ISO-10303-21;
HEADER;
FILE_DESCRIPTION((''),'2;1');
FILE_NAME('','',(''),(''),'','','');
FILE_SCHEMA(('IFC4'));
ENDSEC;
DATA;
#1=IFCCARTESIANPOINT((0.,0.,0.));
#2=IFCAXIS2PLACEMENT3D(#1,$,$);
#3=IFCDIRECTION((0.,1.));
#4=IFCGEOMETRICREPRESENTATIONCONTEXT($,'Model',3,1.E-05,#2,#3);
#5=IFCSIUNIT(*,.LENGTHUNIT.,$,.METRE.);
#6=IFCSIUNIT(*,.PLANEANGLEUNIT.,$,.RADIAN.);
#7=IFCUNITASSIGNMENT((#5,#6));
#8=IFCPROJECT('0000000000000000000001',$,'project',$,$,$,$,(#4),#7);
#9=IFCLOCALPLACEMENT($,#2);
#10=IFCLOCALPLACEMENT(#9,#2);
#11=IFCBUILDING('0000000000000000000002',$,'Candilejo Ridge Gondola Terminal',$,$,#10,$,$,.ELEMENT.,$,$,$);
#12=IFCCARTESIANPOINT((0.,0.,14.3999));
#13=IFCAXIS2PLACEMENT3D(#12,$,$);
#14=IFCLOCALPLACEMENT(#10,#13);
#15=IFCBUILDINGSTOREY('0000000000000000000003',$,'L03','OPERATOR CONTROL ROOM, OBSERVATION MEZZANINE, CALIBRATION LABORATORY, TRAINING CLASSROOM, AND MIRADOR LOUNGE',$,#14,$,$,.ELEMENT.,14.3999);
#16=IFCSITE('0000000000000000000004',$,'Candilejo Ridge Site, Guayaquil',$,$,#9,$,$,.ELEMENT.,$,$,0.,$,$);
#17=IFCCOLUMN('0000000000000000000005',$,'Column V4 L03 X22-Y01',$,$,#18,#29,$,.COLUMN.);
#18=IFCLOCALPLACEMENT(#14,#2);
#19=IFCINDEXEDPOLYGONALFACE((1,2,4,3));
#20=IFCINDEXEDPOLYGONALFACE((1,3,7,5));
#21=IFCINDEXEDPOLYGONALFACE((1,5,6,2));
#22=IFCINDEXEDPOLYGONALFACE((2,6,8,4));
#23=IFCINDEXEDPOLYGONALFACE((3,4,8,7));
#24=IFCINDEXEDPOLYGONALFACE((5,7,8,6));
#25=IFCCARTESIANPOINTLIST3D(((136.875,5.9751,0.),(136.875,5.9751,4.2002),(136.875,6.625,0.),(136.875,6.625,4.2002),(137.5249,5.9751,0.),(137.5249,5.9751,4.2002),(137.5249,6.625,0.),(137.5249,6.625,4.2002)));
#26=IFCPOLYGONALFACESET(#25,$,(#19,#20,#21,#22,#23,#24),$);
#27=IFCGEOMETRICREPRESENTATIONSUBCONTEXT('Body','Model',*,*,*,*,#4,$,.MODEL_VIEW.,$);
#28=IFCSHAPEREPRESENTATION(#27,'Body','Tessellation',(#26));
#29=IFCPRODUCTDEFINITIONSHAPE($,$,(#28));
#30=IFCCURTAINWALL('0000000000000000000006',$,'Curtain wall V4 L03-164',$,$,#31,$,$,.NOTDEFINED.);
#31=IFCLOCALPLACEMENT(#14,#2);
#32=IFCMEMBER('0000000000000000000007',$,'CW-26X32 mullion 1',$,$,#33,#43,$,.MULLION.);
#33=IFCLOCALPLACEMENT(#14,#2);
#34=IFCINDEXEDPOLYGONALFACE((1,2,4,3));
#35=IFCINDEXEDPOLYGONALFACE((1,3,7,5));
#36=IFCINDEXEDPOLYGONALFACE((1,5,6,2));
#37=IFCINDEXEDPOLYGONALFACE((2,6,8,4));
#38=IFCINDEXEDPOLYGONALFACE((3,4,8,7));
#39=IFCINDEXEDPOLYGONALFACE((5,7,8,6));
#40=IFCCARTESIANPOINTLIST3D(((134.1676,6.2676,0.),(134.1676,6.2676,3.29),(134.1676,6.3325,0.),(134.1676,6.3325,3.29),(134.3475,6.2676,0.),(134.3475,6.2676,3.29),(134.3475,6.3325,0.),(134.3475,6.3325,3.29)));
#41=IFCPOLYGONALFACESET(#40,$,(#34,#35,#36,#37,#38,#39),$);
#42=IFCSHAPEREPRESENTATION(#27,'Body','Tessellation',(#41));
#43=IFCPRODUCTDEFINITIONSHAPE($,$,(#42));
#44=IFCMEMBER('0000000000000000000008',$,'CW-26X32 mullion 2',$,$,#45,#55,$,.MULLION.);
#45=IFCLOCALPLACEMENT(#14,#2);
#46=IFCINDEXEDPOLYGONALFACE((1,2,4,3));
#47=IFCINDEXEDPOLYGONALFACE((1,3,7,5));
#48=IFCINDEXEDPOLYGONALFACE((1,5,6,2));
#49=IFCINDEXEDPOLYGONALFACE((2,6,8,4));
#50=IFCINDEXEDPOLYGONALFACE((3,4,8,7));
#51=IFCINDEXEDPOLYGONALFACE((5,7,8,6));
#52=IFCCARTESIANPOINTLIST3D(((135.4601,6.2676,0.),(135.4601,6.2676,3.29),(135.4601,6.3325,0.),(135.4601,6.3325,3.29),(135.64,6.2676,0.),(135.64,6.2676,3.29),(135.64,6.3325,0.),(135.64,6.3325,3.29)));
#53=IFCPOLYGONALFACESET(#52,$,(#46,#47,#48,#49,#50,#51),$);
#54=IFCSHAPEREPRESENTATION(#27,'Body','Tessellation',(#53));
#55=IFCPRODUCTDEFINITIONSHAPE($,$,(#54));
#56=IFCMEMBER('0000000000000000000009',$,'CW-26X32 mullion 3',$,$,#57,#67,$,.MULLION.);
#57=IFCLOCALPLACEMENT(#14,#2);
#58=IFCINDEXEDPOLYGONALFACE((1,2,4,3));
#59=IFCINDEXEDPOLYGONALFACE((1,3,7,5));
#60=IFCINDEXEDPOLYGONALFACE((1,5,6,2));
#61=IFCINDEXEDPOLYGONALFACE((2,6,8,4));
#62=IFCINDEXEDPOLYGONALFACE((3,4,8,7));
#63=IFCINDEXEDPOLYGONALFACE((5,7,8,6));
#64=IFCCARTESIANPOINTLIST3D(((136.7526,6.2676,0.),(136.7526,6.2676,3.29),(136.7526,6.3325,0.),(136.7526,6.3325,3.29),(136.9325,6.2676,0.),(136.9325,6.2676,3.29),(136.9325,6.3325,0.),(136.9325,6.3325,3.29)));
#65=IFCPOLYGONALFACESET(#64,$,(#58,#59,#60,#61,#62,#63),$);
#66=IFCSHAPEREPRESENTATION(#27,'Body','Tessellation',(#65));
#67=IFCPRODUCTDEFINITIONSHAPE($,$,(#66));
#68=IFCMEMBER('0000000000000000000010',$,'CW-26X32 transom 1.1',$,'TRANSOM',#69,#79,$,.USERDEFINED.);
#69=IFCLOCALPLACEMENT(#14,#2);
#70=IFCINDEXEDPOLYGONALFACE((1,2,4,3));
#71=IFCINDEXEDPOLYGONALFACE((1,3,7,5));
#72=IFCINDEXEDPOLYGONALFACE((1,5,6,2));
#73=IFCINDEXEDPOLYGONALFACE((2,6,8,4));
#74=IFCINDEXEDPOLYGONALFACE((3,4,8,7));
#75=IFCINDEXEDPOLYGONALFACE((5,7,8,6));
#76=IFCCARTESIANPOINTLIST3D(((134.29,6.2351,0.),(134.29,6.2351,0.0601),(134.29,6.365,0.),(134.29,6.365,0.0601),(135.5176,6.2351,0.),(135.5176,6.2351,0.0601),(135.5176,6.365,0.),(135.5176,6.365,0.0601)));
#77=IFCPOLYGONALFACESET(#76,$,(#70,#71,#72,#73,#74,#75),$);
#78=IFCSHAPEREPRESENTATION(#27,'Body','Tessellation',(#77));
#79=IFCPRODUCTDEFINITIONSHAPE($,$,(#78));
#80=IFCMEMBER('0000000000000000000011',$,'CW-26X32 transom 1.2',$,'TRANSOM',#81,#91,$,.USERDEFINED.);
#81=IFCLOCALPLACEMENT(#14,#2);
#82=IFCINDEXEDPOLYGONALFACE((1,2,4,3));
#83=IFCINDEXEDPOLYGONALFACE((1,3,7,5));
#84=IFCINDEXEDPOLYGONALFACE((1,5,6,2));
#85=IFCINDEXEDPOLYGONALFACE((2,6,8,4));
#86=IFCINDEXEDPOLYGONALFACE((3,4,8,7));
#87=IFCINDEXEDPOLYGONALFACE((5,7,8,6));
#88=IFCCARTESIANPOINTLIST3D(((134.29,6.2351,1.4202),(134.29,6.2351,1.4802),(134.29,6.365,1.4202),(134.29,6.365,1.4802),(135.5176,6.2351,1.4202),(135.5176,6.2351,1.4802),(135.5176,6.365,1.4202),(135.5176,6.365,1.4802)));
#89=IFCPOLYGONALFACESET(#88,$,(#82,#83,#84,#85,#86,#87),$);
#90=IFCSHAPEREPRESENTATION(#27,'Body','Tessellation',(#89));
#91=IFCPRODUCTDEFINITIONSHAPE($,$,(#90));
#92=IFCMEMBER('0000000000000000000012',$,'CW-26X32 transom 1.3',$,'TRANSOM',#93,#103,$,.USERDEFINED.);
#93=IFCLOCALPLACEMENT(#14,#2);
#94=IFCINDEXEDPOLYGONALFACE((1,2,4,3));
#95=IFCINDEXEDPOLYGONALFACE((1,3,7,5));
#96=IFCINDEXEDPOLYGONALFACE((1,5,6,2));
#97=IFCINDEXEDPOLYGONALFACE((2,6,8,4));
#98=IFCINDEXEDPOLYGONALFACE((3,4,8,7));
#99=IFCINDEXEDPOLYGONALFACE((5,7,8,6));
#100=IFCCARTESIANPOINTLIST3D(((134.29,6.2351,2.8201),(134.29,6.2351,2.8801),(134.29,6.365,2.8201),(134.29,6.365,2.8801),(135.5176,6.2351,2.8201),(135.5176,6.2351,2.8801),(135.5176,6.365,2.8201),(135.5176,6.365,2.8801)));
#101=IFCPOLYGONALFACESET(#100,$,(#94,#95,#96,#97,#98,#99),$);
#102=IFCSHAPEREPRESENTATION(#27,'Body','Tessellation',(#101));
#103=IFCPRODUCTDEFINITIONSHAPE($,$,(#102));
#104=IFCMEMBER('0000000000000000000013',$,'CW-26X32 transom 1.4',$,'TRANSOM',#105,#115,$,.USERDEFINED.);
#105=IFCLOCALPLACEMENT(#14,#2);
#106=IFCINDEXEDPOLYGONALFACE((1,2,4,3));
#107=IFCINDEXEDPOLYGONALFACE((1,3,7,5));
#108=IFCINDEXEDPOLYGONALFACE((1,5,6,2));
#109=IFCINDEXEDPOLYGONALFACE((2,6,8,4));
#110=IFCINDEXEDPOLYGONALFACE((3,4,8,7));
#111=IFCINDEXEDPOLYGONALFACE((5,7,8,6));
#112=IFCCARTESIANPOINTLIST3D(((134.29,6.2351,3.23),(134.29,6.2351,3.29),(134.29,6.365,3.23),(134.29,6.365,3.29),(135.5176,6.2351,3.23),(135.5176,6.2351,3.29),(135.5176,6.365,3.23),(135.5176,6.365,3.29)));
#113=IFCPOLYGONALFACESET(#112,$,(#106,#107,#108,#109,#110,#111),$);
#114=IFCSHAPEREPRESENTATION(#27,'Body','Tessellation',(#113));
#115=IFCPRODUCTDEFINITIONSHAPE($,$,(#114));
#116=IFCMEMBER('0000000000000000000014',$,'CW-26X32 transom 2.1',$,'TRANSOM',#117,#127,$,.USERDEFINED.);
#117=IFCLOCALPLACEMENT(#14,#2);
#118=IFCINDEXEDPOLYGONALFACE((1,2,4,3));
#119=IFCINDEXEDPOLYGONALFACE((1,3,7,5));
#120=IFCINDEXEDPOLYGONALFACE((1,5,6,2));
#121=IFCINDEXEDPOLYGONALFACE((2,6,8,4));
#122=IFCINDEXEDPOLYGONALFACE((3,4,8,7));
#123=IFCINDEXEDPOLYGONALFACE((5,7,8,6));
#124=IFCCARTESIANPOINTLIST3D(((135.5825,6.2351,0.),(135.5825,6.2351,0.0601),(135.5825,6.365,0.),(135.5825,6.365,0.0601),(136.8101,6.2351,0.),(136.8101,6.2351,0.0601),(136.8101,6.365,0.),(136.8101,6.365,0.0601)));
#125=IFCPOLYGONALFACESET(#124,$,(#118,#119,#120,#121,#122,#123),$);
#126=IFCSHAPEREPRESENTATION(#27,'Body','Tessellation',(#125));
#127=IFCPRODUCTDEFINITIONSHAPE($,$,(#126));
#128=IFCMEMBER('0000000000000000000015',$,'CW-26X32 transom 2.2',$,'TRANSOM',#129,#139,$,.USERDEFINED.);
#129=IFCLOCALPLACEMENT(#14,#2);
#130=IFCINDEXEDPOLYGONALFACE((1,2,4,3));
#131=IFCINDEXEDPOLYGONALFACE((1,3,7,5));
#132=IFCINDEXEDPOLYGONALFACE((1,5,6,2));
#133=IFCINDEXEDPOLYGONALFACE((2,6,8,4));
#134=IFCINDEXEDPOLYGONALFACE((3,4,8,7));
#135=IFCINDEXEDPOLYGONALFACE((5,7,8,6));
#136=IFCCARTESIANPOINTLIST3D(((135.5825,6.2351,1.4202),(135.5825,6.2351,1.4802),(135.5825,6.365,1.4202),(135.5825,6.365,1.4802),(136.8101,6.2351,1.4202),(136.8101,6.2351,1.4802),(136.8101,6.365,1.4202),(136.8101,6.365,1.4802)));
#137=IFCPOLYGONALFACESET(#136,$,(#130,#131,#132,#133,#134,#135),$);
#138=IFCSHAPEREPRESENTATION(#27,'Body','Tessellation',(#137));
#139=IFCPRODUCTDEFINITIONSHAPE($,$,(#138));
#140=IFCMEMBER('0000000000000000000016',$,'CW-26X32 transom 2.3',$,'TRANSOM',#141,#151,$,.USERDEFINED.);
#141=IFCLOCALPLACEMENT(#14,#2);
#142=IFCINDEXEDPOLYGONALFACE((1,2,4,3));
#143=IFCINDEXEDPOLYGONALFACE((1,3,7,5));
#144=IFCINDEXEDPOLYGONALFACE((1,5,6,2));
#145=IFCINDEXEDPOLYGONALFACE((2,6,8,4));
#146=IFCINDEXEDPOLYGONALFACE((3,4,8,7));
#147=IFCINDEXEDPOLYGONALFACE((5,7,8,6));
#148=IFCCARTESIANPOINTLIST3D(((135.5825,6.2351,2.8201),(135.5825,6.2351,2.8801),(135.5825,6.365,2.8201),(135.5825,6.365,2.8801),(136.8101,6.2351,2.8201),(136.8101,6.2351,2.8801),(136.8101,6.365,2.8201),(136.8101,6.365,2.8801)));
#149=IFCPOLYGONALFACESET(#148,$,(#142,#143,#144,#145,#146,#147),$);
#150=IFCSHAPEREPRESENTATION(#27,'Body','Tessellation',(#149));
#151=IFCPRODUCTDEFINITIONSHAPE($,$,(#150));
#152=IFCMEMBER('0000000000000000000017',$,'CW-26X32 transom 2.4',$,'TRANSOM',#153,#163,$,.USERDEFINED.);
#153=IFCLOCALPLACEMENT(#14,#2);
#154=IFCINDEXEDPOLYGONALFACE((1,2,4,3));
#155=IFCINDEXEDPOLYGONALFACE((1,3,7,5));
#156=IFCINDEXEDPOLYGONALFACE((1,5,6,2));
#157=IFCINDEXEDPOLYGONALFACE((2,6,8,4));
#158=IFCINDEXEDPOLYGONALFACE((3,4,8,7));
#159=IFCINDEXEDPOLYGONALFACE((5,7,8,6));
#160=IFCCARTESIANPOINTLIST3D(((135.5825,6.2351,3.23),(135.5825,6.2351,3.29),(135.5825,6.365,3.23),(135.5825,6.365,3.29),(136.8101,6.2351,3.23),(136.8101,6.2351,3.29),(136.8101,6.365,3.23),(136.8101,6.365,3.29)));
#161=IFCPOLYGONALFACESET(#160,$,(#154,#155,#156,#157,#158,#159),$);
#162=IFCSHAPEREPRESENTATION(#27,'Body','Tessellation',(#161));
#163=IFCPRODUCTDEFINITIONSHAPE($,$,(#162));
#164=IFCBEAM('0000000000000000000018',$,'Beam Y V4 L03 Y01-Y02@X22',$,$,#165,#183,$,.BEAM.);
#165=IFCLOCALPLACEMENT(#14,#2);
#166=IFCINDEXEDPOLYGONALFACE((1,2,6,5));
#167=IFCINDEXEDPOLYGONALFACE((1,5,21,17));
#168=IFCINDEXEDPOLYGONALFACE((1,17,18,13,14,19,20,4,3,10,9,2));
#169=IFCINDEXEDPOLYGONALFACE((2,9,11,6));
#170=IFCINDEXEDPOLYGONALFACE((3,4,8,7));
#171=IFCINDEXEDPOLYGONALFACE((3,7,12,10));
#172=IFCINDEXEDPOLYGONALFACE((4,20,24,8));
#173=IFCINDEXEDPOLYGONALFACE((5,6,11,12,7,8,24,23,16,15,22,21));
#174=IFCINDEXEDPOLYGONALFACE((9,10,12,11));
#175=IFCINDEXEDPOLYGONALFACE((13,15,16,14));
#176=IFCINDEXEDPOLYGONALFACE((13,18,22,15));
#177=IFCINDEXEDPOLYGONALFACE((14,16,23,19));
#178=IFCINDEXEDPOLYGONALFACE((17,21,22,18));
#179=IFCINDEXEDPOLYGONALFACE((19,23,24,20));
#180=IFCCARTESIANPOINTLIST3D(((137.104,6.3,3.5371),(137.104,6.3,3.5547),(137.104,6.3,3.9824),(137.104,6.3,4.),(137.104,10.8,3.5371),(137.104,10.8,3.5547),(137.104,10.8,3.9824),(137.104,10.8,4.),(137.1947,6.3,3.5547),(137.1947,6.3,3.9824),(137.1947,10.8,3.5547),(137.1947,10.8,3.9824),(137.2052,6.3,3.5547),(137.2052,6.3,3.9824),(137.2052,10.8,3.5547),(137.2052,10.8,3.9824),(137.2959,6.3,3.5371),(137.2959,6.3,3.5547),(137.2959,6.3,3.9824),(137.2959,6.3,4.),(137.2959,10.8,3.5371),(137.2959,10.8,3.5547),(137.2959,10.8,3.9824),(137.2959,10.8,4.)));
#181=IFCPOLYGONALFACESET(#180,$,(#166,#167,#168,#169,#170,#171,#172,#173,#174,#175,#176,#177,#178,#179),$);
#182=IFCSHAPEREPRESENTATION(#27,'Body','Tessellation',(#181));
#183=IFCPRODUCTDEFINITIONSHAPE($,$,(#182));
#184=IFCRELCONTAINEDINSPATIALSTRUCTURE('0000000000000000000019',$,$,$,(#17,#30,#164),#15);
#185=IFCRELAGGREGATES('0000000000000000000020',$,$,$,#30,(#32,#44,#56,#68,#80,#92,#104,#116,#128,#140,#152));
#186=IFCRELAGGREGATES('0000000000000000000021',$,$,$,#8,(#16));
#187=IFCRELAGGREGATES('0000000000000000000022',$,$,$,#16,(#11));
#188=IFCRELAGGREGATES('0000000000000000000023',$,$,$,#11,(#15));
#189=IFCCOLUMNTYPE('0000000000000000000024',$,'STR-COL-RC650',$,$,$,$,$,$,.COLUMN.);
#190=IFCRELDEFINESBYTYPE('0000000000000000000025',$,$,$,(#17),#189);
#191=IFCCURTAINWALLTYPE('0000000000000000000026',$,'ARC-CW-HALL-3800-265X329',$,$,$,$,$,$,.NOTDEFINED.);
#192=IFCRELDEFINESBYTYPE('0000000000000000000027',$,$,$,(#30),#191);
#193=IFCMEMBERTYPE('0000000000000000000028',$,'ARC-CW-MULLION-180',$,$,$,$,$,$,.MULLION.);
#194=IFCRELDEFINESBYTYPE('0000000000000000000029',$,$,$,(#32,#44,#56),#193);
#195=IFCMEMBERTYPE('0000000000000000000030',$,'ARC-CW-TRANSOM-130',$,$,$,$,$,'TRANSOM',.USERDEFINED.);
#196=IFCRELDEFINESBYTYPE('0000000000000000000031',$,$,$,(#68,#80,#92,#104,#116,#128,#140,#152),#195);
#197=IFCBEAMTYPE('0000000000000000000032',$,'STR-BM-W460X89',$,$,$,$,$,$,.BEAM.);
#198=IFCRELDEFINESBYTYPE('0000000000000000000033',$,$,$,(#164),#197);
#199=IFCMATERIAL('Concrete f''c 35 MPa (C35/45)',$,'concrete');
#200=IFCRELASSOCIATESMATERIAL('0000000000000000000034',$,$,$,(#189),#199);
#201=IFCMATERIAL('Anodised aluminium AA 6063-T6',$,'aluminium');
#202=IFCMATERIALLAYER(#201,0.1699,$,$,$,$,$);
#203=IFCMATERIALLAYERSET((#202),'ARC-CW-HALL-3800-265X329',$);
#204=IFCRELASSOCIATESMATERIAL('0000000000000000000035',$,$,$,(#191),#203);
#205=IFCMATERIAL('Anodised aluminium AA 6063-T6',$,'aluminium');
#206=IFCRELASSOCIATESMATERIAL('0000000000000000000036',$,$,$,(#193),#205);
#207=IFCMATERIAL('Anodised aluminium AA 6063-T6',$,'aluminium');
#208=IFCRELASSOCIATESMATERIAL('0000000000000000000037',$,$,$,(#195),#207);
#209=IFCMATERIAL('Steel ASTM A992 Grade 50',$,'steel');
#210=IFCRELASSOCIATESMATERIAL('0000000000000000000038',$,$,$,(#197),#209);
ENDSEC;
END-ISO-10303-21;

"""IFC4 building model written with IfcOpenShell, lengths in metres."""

from ifc_helpers import new_model, si_unit, direction, frame, origin, origin_2d, place, context, subcontext, project, spatial, rectangle, i_section, extrude, material, layer, layer_set, material_profile, profile_set, type_object, element, aggregate, save


model = new_model("IFC4")

# Units and contexts
model_context = context("Model", 3, precision=1e-05, world=origin(), true_north=direction((0.0, 1.0)))
body_context = subcontext(model_context, "Body", "Model", "MODEL_VIEW")
ifc_project = project(units=[si_unit("LENGTHUNIT", "METRE"), si_unit("PLANEANGLEUNIT", "RADIAN")], contexts=[model_context])

# Site, building, storey
site_placement = place(None, origin())
site = spatial("IfcSite", under=ifc_project, at=site_placement, Name="Candilejo Ridge Site, Guayaquil", CompositionType="ELEMENT", RefElevation=0.0)
building_placement = place(site_placement, origin())
building = spatial("IfcBuilding", under=site, at=building_placement, Name="Candilejo Ridge Gondola Terminal", CompositionType="ELEMENT")
storey_placement = place(building_placement, frame((0.0, 0.0, 14.3999)))
storey = spatial("IfcBuildingStorey", under=building, at=storey_placement, Name="L03", Description="OPERATOR CONTROL ROOM, OBSERVATION MEZZANINE, CALIBRATION LABORATORY, TRAINING CLASSROOM, AND MIRADOR LOUNGE", CompositionType="ELEMENT", Elevation=14.3999)

# Column
ifc_material_1 = material(Name="Concrete f'c 35 MPa (C35/45)", Category="concrete")
ifc_material_profile_1 = material_profile(ifc_material_1, rectangle(XDim=0.6499, YDim=0.6499, at=origin_2d()))
ifc_profile_set_1 = profile_set([ifc_material_profile_1], Name="Concrete f'c 35 MPa (C35/45)")
column_type = type_object("IfcColumnType", Name="STR-COL-RC650", PredefinedType="COLUMN", material=ifc_profile_set_1)
column_placement = place(storey_placement, frame((137.2, 6.3, 0.0), z_axis=(0.0, 0.0, 1.0), x_axis=(1.0, 0.0, 0.0)))
element("IfcColumn", 1, at=column_placement, inside=storey, type_object=column_type, Name="Column V4 L03 X22-Y01", PredefinedType="COLUMN", context=body_context, shape_type="SweptSolid", body=[
    extrude(rectangle(XDim=0.6499, YDim=0.6499, at=origin_2d()), origin(), (0.0, 0.0, 1.0), 4.2002),
])

# Curtain wall, members
ifc_material_2 = material(Name="Anodised aluminium AA 6063-T6", Category="aluminium")
ifc_layer_1 = layer(ifc_material_2, 0.1699)
ifc_layer_set_1 = layer_set([ifc_layer_1], Name="ARC-CW-HALL-3800-265X329")
curtain_wall_type = type_object("IfcCurtainWallType", Name="ARC-CW-HALL-3800-265X329", PredefinedType="NOTDEFINED", material=ifc_layer_set_1)
curtain_wall_placement = place(storey_placement, origin())
curtain_wall = element("IfcCurtainWall", 2, at=curtain_wall_placement, inside=storey, type_object=curtain_wall_type, Name="Curtain wall V4 L03-164", PredefinedType="NOTDEFINED")
ifc_material_3 = material(Name="Anodised aluminium AA 6063-T6", Category="aluminium")
ifc_material_profile_2 = material_profile(ifc_material_3, rectangle(XDim=0.0649, YDim=0.1799, at=origin_2d()))
ifc_profile_set_2 = profile_set([ifc_material_profile_2], Name="Anodised aluminium AA 6063-T6")
member_type_1 = type_object("IfcMemberType", Name="ARC-CW-MULLION-180", PredefinedType="MULLION", material=ifc_profile_set_2)
member_1_placement = place(storey_placement, frame((134.2576, 6.3, 0.0), z_axis=(0.0, 0.0, 1.0), x_axis=(0.0, 1.0, 0.0)))
member_1 = element("IfcMember", 3, at=member_1_placement, type_object=member_type_1, Name="CW-26X32 mullion 1", PredefinedType="MULLION", context=body_context, shape_type="SweptSolid", body=[
    extrude(rectangle(XDim=0.0649, YDim=0.1799, at=origin_2d()), origin(), (0.0, 0.0, 1.0), 3.29),
])
member_2_placement = place(storey_placement, frame((135.55, 6.3, 0.0), z_axis=(0.0, 0.0, 1.0), x_axis=(0.0, 1.0, 0.0)))
member_2 = element("IfcMember", 4, at=member_2_placement, type_object=member_type_1, Name="CW-26X32 mullion 2", PredefinedType="MULLION", context=body_context, shape_type="SweptSolid", body=[
    extrude(rectangle(XDim=0.0649, YDim=0.1799, at=origin_2d()), origin(), (0.0, 0.0, 1.0), 3.29),
])
member_3_placement = place(storey_placement, frame((136.8425, 6.3, 0.0), z_axis=(0.0, 0.0, 1.0), x_axis=(0.0, 1.0, 0.0)))
member_3 = element("IfcMember", 5, at=member_3_placement, type_object=member_type_1, Name="CW-26X32 mullion 3", PredefinedType="MULLION", context=body_context, shape_type="SweptSolid", body=[
    extrude(rectangle(XDim=0.0649, YDim=0.1799, at=origin_2d()), origin(), (0.0, 0.0, 1.0), 3.29),
])
ifc_material_4 = material(Name="Anodised aluminium AA 6063-T6", Category="aluminium")
ifc_material_profile_3 = material_profile(ifc_material_4, rectangle(XDim=0.1299, YDim=0.0601, at=origin_2d()))
ifc_profile_set_3 = profile_set([ifc_material_profile_3], Name="Anodised aluminium AA 6063-T6")
member_type_2 = type_object("IfcMemberType", Name="ARC-CW-TRANSOM-130", ElementType="TRANSOM", PredefinedType="USERDEFINED", material=ifc_profile_set_3)
member_4_placement = place(storey_placement, frame((134.29, 6.3, 0.03), z_axis=(1.0, 0.0, 0.0), x_axis=(0.0, 1.0, 0.0)))
member_4 = element("IfcMember", 6, at=member_4_placement, type_object=member_type_2, Name="CW-26X32 transom 1.1", ObjectType="TRANSOM", PredefinedType="USERDEFINED", context=body_context, shape_type="SweptSolid", body=[
    extrude(rectangle(XDim=0.1299, YDim=0.0601, at=origin_2d()), origin(), (0.0, 0.0, 1.0), 1.2275),
])
member_5_placement = place(storey_placement, frame((134.29, 6.3, 1.4502), z_axis=(1.0, 0.0, 0.0), x_axis=(0.0, 1.0, 0.0)))
member_5 = element("IfcMember", 7, at=member_5_placement, type_object=member_type_2, Name="CW-26X32 transom 1.2", ObjectType="TRANSOM", PredefinedType="USERDEFINED", context=body_context, shape_type="SweptSolid", body=[
    extrude(rectangle(XDim=0.1299, YDim=0.0601, at=origin_2d()), origin(), (0.0, 0.0, 1.0), 1.2275),
])
member_6_placement = place(storey_placement, frame((134.29, 6.3, 2.8501), z_axis=(1.0, 0.0, 0.0), x_axis=(0.0, 1.0, 0.0)))
member_6 = element("IfcMember", 8, at=member_6_placement, type_object=member_type_2, Name="CW-26X32 transom 1.3", ObjectType="TRANSOM", PredefinedType="USERDEFINED", context=body_context, shape_type="SweptSolid", body=[
    extrude(rectangle(XDim=0.1299, YDim=0.0601, at=origin_2d()), origin(), (0.0, 0.0, 1.0), 1.2275),
])
member_7_placement = place(storey_placement, frame((134.29, 6.3, 3.26), z_axis=(1.0, 0.0, 0.0), x_axis=(0.0, 1.0, 0.0)))
member_7 = element("IfcMember", 9, at=member_7_placement, type_object=member_type_2, Name="CW-26X32 transom 1.4", ObjectType="TRANSOM", PredefinedType="USERDEFINED", context=body_context, shape_type="SweptSolid", body=[
    extrude(rectangle(XDim=0.1299, YDim=0.0601, at=origin_2d()), origin(), (0.0, 0.0, 1.0), 1.2275),
])
member_8_placement = place(storey_placement, frame((135.5825, 6.3, 0.03), z_axis=(1.0, 0.0, 0.0), x_axis=(0.0, 1.0, 0.0)))
member_8 = element("IfcMember", 10, at=member_8_placement, type_object=member_type_2, Name="CW-26X32 transom 2.1", ObjectType="TRANSOM", PredefinedType="USERDEFINED", context=body_context, shape_type="SweptSolid", body=[
    extrude(rectangle(XDim=0.1299, YDim=0.0601, at=origin_2d()), origin(), (0.0, 0.0, 1.0), 1.2275),
])
member_9_placement = place(storey_placement, frame((135.5825, 6.3, 1.4502), z_axis=(1.0, 0.0, 0.0), x_axis=(0.0, 1.0, 0.0)))
member_9 = element("IfcMember", 11, at=member_9_placement, type_object=member_type_2, Name="CW-26X32 transom 2.2", ObjectType="TRANSOM", PredefinedType="USERDEFINED", context=body_context, shape_type="SweptSolid", body=[
    extrude(rectangle(XDim=0.1299, YDim=0.0601, at=origin_2d()), origin(), (0.0, 0.0, 1.0), 1.2275),
])
member_10_placement = place(storey_placement, frame((135.5825, 6.3, 2.8501), z_axis=(1.0, 0.0, 0.0), x_axis=(0.0, 1.0, 0.0)))
member_10 = element("IfcMember", 12, at=member_10_placement, type_object=member_type_2, Name="CW-26X32 transom 2.3", ObjectType="TRANSOM", PredefinedType="USERDEFINED", context=body_context, shape_type="SweptSolid", body=[
    extrude(rectangle(XDim=0.1299, YDim=0.0601, at=origin_2d()), origin(), (0.0, 0.0, 1.0), 1.2275),
])
member_11_placement = place(storey_placement, frame((135.5825, 6.3, 3.26), z_axis=(1.0, 0.0, 0.0), x_axis=(0.0, 1.0, 0.0)))
member_11 = element("IfcMember", 13, at=member_11_placement, type_object=member_type_2, Name="CW-26X32 transom 2.4", ObjectType="TRANSOM", PredefinedType="USERDEFINED", context=body_context, shape_type="SweptSolid", body=[
    extrude(rectangle(XDim=0.1299, YDim=0.0601, at=origin_2d()), origin(), (0.0, 0.0, 1.0), 1.2275),
])

# Beam
ifc_material_5 = material(Name="Steel ASTM A992 Grade 50", Category="steel")
ifc_material_profile_4 = material_profile(ifc_material_5, i_section(OverallWidth=0.1919, OverallDepth=0.4629, WebThickness=0.0105, FlangeThickness=0.0176, at=origin_2d()))
ifc_profile_set_4 = profile_set([ifc_material_profile_4], Name="Steel ASTM A992 Grade 50")
beam_type_1 = type_object("IfcBeamType", Name="STR-BM-W460X89", PredefinedType="BEAM", material=ifc_profile_set_4)
beam_1_placement = place(storey_placement, frame((137.2, 6.3, 3.7686), z_axis=(0.0, 1.0, 0.0), x_axis=(-1.0, 0.0, 0.0)))
element("IfcBeam", 14, at=beam_1_placement, inside=storey, type_object=beam_type_1, Name="Beam Y V4 L03 Y01-Y02@X22", PredefinedType="BEAM", context=body_context, shape_type="SweptSolid", body=[
    extrude(i_section(OverallWidth=0.1919, OverallDepth=0.4629, WebThickness=0.0105, FlangeThickness=0.0176, at=origin_2d()), origin(), (0.0, 0.0, 1.0), 4.5),
])

aggregate(curtain_wall, [member_1, member_2, member_3, member_4, member_5, member_6, member_7, member_8, member_9, member_10, member_11])

save(model, "model.ifc")
